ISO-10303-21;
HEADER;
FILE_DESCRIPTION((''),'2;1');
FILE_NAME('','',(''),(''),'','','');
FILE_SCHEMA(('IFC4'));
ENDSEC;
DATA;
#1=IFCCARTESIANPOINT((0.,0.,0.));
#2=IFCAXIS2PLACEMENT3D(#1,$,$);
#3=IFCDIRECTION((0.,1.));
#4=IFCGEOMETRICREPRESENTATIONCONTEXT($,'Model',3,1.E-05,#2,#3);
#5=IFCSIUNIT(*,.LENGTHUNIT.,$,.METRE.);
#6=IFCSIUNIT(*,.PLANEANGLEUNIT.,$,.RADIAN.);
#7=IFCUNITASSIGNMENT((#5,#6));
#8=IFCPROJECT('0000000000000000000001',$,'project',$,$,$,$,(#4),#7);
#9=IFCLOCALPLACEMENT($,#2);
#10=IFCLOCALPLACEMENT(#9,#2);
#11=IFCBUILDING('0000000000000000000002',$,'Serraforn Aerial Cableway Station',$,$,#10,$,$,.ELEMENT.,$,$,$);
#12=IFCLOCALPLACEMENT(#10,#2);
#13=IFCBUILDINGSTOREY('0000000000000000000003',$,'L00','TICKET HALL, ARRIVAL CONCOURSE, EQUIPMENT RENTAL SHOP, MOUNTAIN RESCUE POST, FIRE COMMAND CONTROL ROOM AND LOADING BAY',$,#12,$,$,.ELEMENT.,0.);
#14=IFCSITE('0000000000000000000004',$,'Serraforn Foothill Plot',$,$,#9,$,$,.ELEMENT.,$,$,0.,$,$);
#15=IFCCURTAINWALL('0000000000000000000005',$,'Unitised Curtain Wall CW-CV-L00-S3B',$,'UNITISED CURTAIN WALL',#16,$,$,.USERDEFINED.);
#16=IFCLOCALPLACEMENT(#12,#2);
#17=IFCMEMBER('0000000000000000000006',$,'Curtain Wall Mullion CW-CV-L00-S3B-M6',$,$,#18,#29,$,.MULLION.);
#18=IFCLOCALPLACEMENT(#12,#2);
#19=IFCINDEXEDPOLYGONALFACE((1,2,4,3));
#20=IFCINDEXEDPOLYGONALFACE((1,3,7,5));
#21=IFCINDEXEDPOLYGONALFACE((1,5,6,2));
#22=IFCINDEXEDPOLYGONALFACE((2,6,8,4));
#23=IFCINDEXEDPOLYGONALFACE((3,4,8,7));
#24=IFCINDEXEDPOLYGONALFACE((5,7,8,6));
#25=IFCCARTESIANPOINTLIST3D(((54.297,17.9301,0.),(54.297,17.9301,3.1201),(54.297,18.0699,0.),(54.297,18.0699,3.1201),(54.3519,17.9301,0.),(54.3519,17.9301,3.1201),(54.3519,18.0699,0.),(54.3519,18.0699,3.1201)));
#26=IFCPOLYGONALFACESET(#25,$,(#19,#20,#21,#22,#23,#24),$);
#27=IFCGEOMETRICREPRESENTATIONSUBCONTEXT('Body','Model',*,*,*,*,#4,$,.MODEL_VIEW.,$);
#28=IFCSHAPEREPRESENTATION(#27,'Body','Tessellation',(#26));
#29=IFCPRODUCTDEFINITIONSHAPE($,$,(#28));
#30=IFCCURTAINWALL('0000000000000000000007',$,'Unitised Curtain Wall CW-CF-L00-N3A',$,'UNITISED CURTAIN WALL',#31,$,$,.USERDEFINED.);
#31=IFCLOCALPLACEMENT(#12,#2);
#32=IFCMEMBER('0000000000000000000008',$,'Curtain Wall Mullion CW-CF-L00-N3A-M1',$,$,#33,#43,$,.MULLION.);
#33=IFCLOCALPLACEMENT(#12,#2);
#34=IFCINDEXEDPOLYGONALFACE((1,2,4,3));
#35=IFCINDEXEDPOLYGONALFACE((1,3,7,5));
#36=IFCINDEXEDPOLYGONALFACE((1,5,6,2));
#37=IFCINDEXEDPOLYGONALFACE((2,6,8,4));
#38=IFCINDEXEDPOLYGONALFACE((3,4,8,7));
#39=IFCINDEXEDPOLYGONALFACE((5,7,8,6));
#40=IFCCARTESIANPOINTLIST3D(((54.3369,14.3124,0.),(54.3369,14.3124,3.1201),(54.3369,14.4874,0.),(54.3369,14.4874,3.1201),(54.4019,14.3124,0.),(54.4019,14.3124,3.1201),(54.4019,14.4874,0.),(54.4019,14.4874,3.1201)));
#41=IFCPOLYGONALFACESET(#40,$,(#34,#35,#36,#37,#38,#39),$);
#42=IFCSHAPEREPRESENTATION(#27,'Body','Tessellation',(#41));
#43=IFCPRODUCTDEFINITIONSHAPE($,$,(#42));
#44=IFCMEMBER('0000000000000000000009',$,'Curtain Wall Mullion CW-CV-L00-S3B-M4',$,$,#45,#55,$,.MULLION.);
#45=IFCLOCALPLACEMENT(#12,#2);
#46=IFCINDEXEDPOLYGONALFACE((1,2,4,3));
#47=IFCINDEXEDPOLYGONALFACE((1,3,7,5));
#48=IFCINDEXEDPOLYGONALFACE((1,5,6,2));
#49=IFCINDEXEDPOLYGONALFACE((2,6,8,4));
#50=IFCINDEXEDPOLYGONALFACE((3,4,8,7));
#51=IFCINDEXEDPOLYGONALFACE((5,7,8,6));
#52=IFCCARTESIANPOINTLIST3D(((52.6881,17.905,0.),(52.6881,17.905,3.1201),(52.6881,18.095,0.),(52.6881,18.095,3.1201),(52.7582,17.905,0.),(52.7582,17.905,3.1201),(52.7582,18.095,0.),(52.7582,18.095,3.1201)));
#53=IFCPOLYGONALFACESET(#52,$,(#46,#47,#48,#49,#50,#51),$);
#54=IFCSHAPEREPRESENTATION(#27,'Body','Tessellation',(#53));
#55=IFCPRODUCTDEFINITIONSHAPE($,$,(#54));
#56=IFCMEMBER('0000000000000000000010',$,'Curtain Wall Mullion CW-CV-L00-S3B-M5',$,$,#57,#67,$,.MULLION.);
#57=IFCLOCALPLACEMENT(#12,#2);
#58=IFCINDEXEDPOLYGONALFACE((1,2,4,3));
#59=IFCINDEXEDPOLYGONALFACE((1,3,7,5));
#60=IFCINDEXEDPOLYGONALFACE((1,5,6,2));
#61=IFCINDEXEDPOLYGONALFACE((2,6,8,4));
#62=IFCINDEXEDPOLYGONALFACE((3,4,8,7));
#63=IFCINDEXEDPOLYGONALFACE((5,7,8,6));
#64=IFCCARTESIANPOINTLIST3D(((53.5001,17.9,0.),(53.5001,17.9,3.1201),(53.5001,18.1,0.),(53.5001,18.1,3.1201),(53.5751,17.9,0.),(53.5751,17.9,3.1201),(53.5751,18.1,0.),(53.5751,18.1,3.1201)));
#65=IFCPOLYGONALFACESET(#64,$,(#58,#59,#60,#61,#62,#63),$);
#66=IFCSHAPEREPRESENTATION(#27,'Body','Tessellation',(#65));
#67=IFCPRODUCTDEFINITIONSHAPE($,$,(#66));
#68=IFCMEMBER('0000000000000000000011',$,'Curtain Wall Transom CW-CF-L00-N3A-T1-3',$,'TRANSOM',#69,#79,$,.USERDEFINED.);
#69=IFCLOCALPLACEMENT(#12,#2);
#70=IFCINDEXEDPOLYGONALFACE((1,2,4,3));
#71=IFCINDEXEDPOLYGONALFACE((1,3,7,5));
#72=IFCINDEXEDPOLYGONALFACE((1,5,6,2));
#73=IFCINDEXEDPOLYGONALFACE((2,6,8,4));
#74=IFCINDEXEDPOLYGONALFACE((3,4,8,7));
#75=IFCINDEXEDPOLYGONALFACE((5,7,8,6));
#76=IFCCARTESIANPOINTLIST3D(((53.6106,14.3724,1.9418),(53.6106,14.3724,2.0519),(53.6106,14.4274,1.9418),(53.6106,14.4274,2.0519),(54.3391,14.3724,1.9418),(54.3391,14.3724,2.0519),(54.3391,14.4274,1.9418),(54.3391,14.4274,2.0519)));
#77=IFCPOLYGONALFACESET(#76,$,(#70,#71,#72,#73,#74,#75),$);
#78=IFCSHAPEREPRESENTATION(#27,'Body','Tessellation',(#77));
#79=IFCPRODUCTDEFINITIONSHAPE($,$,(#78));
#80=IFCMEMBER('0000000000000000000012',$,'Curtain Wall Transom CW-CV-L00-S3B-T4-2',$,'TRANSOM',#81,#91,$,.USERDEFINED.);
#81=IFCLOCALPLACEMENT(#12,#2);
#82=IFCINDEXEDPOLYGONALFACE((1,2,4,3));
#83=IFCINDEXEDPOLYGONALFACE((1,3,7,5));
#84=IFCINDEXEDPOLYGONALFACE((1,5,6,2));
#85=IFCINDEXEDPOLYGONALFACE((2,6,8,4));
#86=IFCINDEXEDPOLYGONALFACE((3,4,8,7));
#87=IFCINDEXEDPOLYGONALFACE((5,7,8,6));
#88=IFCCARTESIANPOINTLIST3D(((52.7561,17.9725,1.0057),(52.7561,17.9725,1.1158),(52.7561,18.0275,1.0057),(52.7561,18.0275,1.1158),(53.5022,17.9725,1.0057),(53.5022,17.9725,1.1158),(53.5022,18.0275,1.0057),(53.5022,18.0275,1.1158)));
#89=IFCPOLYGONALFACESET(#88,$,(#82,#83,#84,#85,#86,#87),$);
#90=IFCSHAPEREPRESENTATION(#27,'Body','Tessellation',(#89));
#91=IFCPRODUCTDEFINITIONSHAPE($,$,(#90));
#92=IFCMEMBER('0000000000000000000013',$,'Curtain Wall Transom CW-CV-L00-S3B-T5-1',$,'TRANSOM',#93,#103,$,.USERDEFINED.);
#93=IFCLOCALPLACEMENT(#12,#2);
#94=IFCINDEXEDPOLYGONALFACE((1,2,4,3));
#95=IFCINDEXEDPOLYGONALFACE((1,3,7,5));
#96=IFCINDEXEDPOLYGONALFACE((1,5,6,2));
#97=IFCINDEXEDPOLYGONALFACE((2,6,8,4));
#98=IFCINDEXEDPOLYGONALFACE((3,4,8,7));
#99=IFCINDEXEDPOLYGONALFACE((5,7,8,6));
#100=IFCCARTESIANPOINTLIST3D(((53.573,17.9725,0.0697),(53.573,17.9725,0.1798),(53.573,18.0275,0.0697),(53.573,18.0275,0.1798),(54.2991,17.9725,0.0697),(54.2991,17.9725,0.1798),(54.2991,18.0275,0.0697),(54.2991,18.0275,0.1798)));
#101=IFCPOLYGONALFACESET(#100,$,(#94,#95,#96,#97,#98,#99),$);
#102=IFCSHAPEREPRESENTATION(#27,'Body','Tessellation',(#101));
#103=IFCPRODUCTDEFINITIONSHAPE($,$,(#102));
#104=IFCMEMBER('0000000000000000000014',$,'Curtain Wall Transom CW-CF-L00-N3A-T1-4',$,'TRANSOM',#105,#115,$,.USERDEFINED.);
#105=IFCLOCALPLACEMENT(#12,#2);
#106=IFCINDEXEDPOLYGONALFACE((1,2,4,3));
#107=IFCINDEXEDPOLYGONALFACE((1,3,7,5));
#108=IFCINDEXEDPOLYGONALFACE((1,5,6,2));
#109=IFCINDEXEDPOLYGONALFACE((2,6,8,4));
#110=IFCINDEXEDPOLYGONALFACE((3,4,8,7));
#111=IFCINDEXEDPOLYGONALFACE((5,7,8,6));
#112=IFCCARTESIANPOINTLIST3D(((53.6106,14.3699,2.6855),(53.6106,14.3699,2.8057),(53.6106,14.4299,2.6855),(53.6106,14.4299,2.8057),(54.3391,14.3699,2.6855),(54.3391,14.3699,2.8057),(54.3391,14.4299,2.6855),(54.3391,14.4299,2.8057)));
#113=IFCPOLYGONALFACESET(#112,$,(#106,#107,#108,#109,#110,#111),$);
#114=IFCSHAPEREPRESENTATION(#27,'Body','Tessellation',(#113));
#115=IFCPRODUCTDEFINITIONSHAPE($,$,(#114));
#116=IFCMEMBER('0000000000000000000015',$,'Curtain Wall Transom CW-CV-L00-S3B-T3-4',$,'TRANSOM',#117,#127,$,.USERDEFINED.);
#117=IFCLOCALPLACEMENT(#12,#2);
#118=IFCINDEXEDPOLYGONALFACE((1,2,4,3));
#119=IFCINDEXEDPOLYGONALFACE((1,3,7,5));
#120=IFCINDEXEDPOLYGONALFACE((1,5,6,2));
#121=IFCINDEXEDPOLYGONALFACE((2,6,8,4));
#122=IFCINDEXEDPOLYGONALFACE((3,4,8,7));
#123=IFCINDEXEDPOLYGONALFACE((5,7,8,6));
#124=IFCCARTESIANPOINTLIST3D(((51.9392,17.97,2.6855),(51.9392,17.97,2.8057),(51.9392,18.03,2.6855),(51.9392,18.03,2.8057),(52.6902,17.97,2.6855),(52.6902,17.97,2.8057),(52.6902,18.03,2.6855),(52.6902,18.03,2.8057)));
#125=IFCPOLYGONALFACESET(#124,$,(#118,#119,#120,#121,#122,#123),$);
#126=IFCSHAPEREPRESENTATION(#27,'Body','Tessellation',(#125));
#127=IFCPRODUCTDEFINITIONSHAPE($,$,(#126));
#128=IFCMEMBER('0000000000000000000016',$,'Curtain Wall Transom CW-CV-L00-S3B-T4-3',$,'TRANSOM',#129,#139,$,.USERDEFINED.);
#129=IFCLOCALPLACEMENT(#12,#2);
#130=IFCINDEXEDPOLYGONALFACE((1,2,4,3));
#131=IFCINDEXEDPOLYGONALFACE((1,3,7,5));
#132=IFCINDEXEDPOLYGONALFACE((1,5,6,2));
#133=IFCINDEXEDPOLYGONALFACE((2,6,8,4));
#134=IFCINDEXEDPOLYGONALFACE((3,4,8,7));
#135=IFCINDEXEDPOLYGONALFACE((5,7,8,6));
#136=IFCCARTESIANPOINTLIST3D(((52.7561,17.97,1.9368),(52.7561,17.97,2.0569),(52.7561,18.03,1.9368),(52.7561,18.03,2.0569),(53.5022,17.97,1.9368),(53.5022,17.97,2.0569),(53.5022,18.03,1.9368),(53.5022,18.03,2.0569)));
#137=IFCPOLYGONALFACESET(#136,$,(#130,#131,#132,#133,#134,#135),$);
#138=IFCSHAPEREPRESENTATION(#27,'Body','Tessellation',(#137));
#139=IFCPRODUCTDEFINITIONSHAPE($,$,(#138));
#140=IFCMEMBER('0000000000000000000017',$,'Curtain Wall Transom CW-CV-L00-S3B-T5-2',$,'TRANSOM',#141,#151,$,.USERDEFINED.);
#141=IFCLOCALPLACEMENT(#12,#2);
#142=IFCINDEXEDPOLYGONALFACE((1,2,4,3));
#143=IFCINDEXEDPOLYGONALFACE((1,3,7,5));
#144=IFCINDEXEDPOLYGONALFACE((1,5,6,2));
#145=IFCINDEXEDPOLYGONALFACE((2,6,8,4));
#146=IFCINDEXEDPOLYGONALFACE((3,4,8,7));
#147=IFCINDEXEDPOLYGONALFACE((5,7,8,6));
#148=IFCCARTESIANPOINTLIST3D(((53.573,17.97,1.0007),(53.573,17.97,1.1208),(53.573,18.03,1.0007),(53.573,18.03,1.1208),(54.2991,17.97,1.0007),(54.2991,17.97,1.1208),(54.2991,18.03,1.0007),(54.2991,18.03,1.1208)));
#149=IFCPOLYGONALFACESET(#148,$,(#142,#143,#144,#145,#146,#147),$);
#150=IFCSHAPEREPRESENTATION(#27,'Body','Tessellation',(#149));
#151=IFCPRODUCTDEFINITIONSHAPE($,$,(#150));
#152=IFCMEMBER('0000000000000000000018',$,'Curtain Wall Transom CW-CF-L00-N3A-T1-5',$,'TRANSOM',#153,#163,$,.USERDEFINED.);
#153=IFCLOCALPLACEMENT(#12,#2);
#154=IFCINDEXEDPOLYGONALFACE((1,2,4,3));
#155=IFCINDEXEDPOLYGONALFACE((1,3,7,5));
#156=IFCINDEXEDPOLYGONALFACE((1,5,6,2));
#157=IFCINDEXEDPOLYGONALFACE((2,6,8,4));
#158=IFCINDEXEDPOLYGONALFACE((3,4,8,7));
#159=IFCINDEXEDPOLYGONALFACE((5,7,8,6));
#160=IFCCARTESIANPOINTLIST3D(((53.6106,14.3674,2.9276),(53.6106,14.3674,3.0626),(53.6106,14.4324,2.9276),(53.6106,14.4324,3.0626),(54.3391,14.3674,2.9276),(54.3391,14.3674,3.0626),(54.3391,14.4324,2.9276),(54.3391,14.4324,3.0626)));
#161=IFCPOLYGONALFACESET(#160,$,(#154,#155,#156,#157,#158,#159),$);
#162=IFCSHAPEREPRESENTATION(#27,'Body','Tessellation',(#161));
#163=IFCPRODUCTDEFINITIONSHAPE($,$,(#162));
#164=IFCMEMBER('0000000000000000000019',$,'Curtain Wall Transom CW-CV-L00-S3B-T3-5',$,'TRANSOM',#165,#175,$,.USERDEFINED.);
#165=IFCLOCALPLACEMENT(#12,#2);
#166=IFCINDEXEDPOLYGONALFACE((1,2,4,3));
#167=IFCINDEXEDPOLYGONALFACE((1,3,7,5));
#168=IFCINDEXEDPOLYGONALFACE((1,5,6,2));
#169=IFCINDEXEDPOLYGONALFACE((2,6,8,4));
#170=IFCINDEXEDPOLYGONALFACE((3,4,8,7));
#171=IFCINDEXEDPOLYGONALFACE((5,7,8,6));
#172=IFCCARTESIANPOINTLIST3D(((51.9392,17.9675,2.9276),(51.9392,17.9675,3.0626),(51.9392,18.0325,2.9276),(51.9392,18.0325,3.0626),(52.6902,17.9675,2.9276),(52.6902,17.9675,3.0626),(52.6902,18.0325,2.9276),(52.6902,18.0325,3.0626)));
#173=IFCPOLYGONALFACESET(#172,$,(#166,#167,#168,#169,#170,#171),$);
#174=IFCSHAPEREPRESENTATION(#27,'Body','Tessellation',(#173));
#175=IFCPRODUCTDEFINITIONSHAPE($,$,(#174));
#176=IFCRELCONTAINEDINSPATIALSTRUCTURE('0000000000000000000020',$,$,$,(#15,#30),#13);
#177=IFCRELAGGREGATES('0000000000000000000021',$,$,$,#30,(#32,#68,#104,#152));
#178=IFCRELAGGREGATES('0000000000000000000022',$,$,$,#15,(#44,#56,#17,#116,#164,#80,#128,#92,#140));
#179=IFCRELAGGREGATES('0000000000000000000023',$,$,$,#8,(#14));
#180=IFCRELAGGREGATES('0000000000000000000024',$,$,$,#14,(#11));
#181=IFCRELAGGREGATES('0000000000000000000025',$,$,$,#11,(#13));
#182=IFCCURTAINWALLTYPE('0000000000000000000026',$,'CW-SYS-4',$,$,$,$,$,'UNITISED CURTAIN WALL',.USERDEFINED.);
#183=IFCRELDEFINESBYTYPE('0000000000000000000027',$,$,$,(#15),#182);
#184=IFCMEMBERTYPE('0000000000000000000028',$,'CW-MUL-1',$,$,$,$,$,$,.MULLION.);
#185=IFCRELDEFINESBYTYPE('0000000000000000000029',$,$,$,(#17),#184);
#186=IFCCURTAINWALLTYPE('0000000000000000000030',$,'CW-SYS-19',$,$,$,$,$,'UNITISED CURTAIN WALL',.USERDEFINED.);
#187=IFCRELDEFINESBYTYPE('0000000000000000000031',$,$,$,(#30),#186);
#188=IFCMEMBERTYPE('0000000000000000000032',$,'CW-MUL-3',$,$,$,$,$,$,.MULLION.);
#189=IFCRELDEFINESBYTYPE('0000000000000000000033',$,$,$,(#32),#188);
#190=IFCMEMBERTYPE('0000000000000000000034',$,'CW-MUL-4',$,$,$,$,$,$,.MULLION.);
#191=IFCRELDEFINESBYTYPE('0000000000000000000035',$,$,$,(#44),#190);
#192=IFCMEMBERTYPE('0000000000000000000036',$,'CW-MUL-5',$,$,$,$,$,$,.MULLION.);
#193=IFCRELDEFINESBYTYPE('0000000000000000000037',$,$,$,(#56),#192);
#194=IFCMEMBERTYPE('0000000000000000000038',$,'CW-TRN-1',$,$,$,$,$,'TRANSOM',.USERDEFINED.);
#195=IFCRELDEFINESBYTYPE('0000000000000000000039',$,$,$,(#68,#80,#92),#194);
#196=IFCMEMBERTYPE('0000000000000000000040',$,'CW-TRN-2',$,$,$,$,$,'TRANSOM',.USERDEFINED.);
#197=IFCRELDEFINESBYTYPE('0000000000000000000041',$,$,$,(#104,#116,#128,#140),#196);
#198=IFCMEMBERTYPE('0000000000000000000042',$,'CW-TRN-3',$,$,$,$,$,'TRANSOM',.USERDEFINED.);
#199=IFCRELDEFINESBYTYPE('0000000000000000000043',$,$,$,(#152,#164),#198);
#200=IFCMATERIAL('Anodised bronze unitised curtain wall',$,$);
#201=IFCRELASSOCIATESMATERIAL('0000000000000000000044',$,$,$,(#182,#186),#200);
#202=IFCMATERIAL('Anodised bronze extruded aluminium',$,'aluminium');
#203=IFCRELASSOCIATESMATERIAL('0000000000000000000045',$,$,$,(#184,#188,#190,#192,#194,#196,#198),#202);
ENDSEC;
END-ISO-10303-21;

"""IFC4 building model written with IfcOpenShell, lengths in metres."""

from ifc_helpers import new_model, si_unit, direction, frame, origin, origin_2d, place, context, subcontext, project, spatial, rectangle, extrude, material, material_profile, profile_set, type_object, element, aggregate, save


model = new_model("IFC4")

# Units and contexts
model_context = context("Model", 3, precision=1e-05, world=origin(), true_north=direction((0.0, 1.0)))
body_context = subcontext(model_context, "Body", "Model", "MODEL_VIEW")
ifc_project = project(units=[si_unit("LENGTHUNIT", "METRE"), si_unit("PLANEANGLEUNIT", "RADIAN")], contexts=[model_context])

# Site, building, storey
site_placement = place(None, origin())
site = spatial("IfcSite", under=ifc_project, at=site_placement, Name="Serraforn Foothill Plot", CompositionType="ELEMENT", RefElevation=0.0)
building_placement = place(site_placement, origin())
building = spatial("IfcBuilding", under=site, at=building_placement, Name="Serraforn Aerial Cableway Station", CompositionType="ELEMENT")
storey_placement = place(building_placement, origin())
storey = spatial("IfcBuildingStorey", under=building, at=storey_placement, Name="L00", Description="TICKET HALL, ARRIVAL CONCOURSE, EQUIPMENT RENTAL SHOP, MOUNTAIN RESCUE POST, FIRE COMMAND CONTROL ROOM AND LOADING BAY", CompositionType="ELEMENT", Elevation=0.0)

# Curtain walls, members
ifc_material_1 = material(Name="Anodised bronze unitised curtain wall")
curtain_wall_type_1 = type_object("IfcCurtainWallType", Name="CW-SYS-4", ElementType="UNITISED CURTAIN WALL", PredefinedType="USERDEFINED", material=ifc_material_1)
curtain_wall_1_placement = place(storey_placement, origin())
curtain_wall_1 = element("IfcCurtainWall", 1, at=curtain_wall_1_placement, inside=storey, type_object=curtain_wall_type_1, Name="Unitised Curtain Wall CW-CV-L00-S3B", ObjectType="UNITISED CURTAIN WALL", PredefinedType="USERDEFINED")
ifc_material_2 = material(Name="Anodised bronze extruded aluminium", Category="aluminium")
ifc_material_profile_1 = material_profile(ifc_material_2, rectangle(XDim=0.0549, YDim=0.1399, at=origin_2d()), Name="CW MULLION 55x140")
ifc_profile_set_1 = profile_set([ifc_material_profile_1], Name="Anodised bronze extruded aluminium")
member_type_1 = type_object("IfcMemberType", Name="CW-MUL-1", PredefinedType="MULLION", material=ifc_profile_set_1)
member_1_placement = place(storey_placement, frame((54.3245, 18.0, 0.0), z_axis=(0.0, 0.0, 1.0), x_axis=(1.0, 0.0, 0.0)))
member_1 = element("IfcMember", 2, at=member_1_placement, type_object=member_type_1, Name="Curtain Wall Mullion CW-CV-L00-S3B-M6", PredefinedType="MULLION", context=body_context, shape_type="SweptSolid", body=[
    extrude(rectangle(XDim=0.0549, YDim=0.1399, at=origin_2d()), origin(), (0.0, 0.0, 1.0), 3.1201),
])
curtain_wall_type_2 = type_object("IfcCurtainWallType", Name="CW-SYS-19", ElementType="UNITISED CURTAIN WALL", PredefinedType="USERDEFINED", material=ifc_material_1)
curtain_wall_2_placement = place(storey_placement, origin())
curtain_wall_2 = element("IfcCurtainWall", 3, at=curtain_wall_2_placement, inside=storey, type_object=curtain_wall_type_2, Name="Unitised Curtain Wall CW-CF-L00-N3A", ObjectType="UNITISED CURTAIN WALL", PredefinedType="USERDEFINED")
ifc_material_profile_2 = material_profile(ifc_material_2, rectangle(XDim=0.0649, YDim=0.175, at=origin_2d()), Name="CW MULLION 65x175")
ifc_profile_set_2 = profile_set([ifc_material_profile_2], Name="Anodised bronze extruded aluminium")
member_type_2 = type_object("IfcMemberType", Name="CW-MUL-3", PredefinedType="MULLION", material=ifc_profile_set_2)
member_2_placement = place(storey_placement, frame((54.3694, 14.3999, 0.0), z_axis=(0.0, 0.0, 1.0), x_axis=(-1.0, 0.0, 0.0)))
member_2 = element("IfcMember", 4, at=member_2_placement, type_object=member_type_2, Name="Curtain Wall Mullion CW-CF-L00-N3A-M1", PredefinedType="MULLION", context=body_context, shape_type="SweptSolid", body=[
    extrude(rectangle(XDim=0.0649, YDim=0.175, at=origin_2d()), origin(), (0.0, 0.0, 1.0), 3.1201),
])

# Members
ifc_material_profile_3 = material_profile(ifc_material_2, rectangle(XDim=0.0701, YDim=0.1899, at=origin_2d()), Name="CW MULLION 70x190")
ifc_profile_set_3 = profile_set([ifc_material_profile_3], Name="Anodised bronze extruded aluminium")
member_type_3 = type_object("IfcMemberType", Name="CW-MUL-4", PredefinedType="MULLION", material=ifc_profile_set_3)
member_3_placement = place(storey_placement, frame((52.7231, 18.0, 0.0), z_axis=(0.0, 0.0, 1.0), x_axis=(1.0, 0.0, 0.0)))
member_3 = element("IfcMember", 5, at=member_3_placement, type_object=member_type_3, Name="Curtain Wall Mullion CW-CV-L00-S3B-M4", PredefinedType="MULLION", context=body_context, shape_type="SweptSolid", body=[
    extrude(rectangle(XDim=0.0701, YDim=0.1899, at=origin_2d()), origin(), (0.0, 0.0, 1.0), 3.1201),
])
ifc_material_profile_4 = material_profile(ifc_material_2, rectangle(XDim=0.075, YDim=0.2, at=origin_2d()), Name="CW MULLION 75x200")
ifc_profile_set_4 = profile_set([ifc_material_profile_4], Name="Anodised bronze extruded aluminium")
member_type_4 = type_object("IfcMemberType", Name="CW-MUL-5", PredefinedType="MULLION", material=ifc_profile_set_4)
member_4_placement = place(storey_placement, frame((53.5376, 18.0, 0.0), z_axis=(0.0, 0.0, 1.0), x_axis=(1.0, 0.0, 0.0)))
member_4 = element("IfcMember", 6, at=member_4_placement, type_object=member_type_4, Name="Curtain Wall Mullion CW-CV-L00-S3B-M5", PredefinedType="MULLION", context=body_context, shape_type="SweptSolid", body=[
    extrude(rectangle(XDim=0.075, YDim=0.2, at=origin_2d()), origin(), (0.0, 0.0, 1.0), 3.1201),
])
ifc_material_profile_5 = material_profile(ifc_material_2, rectangle(XDim=0.0549, YDim=0.1101, at=origin_2d()), Name="CW TRANSOM 55x110")
ifc_profile_set_5 = profile_set([ifc_material_profile_5], Name="Anodised bronze extruded aluminium")
member_type_5 = type_object("IfcMemberType", Name="CW-TRN-1", ElementType="TRANSOM", PredefinedType="USERDEFINED", material=ifc_profile_set_5)
member_5_placement = place(storey_placement, frame((54.3391, 14.3999, 1.9968), z_axis=(-1.0, 0.0, 0.0), x_axis=(0.0, -1.0, 0.0)))
member_5 = element("IfcMember", 7, at=member_5_placement, type_object=member_type_5, Name="Curtain Wall Transom CW-CF-L00-N3A-T1-3", ObjectType="TRANSOM", PredefinedType="USERDEFINED", context=body_context, shape_type="SweptSolid", body=[
    extrude(rectangle(XDim=0.0549, YDim=0.1101, at=origin_2d()), origin(), (0.0, 0.0, 1.0), 0.7285),
])
member_6_placement = place(storey_placement, frame((52.7561, 18.0, 1.0608), z_axis=(1.0, 0.0, 0.0), x_axis=(0.0, 1.0, 0.0)))
member_6 = element("IfcMember", 8, at=member_6_placement, type_object=member_type_5, Name="Curtain Wall Transom CW-CV-L00-S3B-T4-2", ObjectType="TRANSOM", PredefinedType="USERDEFINED", context=body_context, shape_type="SweptSolid", body=[
    extrude(rectangle(XDim=0.0549, YDim=0.1101, at=origin_2d()), origin(), (0.0, 0.0, 1.0), 0.7461),
])
member_7_placement = place(storey_placement, frame((53.573, 18.0, 0.1248), z_axis=(1.0, 0.0, 0.0), x_axis=(0.0, 1.0, 0.0)))
member_7 = element("IfcMember", 9, at=member_7_placement, type_object=member_type_5, Name="Curtain Wall Transom CW-CV-L00-S3B-T5-1", ObjectType="TRANSOM", PredefinedType="USERDEFINED", context=body_context, shape_type="SweptSolid", body=[
    extrude(rectangle(XDim=0.0549, YDim=0.1101, at=origin_2d()), origin(), (0.0, 0.0, 1.0), 0.7261),
])
ifc_material_profile_6 = material_profile(ifc_material_2, rectangle(XDim=0.0601, YDim=0.1201, at=origin_2d()), Name="CW TRANSOM 60x120")
ifc_profile_set_6 = profile_set([ifc_material_profile_6], Name="Anodised bronze extruded aluminium")
member_type_6 = type_object("IfcMemberType", Name="CW-TRN-2", ElementType="TRANSOM", PredefinedType="USERDEFINED", material=ifc_profile_set_6)
member_8_placement = place(storey_placement, frame((54.3391, 14.3999, 2.7456), z_axis=(-1.0, 0.0, 0.0), x_axis=(0.0, -1.0, 0.0)))
member_8 = element("IfcMember", 10, at=member_8_placement, type_object=member_type_6, Name="Curtain Wall Transom CW-CF-L00-N3A-T1-4", ObjectType="TRANSOM", PredefinedType="USERDEFINED", context=body_context, shape_type="SweptSolid", body=[
    extrude(rectangle(XDim=0.0601, YDim=0.1201, at=origin_2d()), origin(), (0.0, 0.0, 1.0), 0.7285),
])
member_9_placement = place(storey_placement, frame((51.9392, 18.0, 2.7456), z_axis=(1.0, 0.0, 0.0), x_axis=(0.0, 1.0, 0.0)))
member_9 = element("IfcMember", 11, at=member_9_placement, type_object=member_type_6, Name="Curtain Wall Transom CW-CV-L00-S3B-T3-4", ObjectType="TRANSOM", PredefinedType="USERDEFINED", context=body_context, shape_type="SweptSolid", body=[
    extrude(rectangle(XDim=0.0601, YDim=0.1201, at=origin_2d()), origin(), (0.0, 0.0, 1.0), 0.751),
])
member_10_placement = place(storey_placement, frame((52.7561, 18.0, 1.9968), z_axis=(1.0, 0.0, 0.0), x_axis=(0.0, 1.0, 0.0)))
member_10 = element("IfcMember", 12, at=member_10_placement, type_object=member_type_6, Name="Curtain Wall Transom CW-CV-L00-S3B-T4-3", ObjectType="TRANSOM", PredefinedType="USERDEFINED", context=body_context, shape_type="SweptSolid", body=[
    extrude(rectangle(XDim=0.0601, YDim=0.1201, at=origin_2d()), origin(), (0.0, 0.0, 1.0), 0.7461),
])
member_11_placement = place(storey_placement, frame((53.573, 18.0, 1.0608), z_axis=(1.0, 0.0, 0.0), x_axis=(0.0, 1.0, 0.0)))
member_11 = element("IfcMember", 13, at=member_11_placement, type_object=member_type_6, Name="Curtain Wall Transom CW-CV-L00-S3B-T5-2", ObjectType="TRANSOM", PredefinedType="USERDEFINED", context=body_context, shape_type="SweptSolid", body=[
    extrude(rectangle(XDim=0.0601, YDim=0.1201, at=origin_2d()), origin(), (0.0, 0.0, 1.0), 0.7261),
])
ifc_material_profile_7 = material_profile(ifc_material_2, rectangle(XDim=0.0649, YDim=0.135, at=origin_2d()), Name="CW TRANSOM 65x135")
ifc_profile_set_7 = profile_set([ifc_material_profile_7], Name="Anodised bronze extruded aluminium")
member_type_7 = type_object("IfcMemberType", Name="CW-TRN-3", ElementType="TRANSOM", PredefinedType="USERDEFINED", material=ifc_profile_set_7)
member_12_placement = place(storey_placement, frame((54.3391, 14.3999, 2.9951), z_axis=(-1.0, 0.0, 0.0), x_axis=(0.0, -1.0, 0.0)))
member_12 = element("IfcMember", 14, at=member_12_placement, type_object=member_type_7, Name="Curtain Wall Transom CW-CF-L00-N3A-T1-5", ObjectType="TRANSOM", PredefinedType="USERDEFINED", context=body_context, shape_type="SweptSolid", body=[
    extrude(rectangle(XDim=0.0649, YDim=0.135, at=origin_2d()), origin(), (0.0, 0.0, 1.0), 0.7285),
])
aggregate(curtain_wall_2, [member_2, member_5, member_8, member_12])
member_13_placement = place(storey_placement, frame((51.9392, 18.0, 2.9951), z_axis=(1.0, 0.0, 0.0), x_axis=(0.0, 1.0, 0.0)))
member_13 = element("IfcMember", 15, at=member_13_placement, type_object=member_type_7, Name="Curtain Wall Transom CW-CV-L00-S3B-T3-5", ObjectType="TRANSOM", PredefinedType="USERDEFINED", context=body_context, shape_type="SweptSolid", body=[
    extrude(rectangle(XDim=0.0649, YDim=0.135, at=origin_2d()), origin(), (0.0, 0.0, 1.0), 0.751),
])

aggregate(curtain_wall_1, [member_3, member_4, member_1, member_9, member_13, member_6, member_10, member_7, member_11])

save(model, "model.ifc")
